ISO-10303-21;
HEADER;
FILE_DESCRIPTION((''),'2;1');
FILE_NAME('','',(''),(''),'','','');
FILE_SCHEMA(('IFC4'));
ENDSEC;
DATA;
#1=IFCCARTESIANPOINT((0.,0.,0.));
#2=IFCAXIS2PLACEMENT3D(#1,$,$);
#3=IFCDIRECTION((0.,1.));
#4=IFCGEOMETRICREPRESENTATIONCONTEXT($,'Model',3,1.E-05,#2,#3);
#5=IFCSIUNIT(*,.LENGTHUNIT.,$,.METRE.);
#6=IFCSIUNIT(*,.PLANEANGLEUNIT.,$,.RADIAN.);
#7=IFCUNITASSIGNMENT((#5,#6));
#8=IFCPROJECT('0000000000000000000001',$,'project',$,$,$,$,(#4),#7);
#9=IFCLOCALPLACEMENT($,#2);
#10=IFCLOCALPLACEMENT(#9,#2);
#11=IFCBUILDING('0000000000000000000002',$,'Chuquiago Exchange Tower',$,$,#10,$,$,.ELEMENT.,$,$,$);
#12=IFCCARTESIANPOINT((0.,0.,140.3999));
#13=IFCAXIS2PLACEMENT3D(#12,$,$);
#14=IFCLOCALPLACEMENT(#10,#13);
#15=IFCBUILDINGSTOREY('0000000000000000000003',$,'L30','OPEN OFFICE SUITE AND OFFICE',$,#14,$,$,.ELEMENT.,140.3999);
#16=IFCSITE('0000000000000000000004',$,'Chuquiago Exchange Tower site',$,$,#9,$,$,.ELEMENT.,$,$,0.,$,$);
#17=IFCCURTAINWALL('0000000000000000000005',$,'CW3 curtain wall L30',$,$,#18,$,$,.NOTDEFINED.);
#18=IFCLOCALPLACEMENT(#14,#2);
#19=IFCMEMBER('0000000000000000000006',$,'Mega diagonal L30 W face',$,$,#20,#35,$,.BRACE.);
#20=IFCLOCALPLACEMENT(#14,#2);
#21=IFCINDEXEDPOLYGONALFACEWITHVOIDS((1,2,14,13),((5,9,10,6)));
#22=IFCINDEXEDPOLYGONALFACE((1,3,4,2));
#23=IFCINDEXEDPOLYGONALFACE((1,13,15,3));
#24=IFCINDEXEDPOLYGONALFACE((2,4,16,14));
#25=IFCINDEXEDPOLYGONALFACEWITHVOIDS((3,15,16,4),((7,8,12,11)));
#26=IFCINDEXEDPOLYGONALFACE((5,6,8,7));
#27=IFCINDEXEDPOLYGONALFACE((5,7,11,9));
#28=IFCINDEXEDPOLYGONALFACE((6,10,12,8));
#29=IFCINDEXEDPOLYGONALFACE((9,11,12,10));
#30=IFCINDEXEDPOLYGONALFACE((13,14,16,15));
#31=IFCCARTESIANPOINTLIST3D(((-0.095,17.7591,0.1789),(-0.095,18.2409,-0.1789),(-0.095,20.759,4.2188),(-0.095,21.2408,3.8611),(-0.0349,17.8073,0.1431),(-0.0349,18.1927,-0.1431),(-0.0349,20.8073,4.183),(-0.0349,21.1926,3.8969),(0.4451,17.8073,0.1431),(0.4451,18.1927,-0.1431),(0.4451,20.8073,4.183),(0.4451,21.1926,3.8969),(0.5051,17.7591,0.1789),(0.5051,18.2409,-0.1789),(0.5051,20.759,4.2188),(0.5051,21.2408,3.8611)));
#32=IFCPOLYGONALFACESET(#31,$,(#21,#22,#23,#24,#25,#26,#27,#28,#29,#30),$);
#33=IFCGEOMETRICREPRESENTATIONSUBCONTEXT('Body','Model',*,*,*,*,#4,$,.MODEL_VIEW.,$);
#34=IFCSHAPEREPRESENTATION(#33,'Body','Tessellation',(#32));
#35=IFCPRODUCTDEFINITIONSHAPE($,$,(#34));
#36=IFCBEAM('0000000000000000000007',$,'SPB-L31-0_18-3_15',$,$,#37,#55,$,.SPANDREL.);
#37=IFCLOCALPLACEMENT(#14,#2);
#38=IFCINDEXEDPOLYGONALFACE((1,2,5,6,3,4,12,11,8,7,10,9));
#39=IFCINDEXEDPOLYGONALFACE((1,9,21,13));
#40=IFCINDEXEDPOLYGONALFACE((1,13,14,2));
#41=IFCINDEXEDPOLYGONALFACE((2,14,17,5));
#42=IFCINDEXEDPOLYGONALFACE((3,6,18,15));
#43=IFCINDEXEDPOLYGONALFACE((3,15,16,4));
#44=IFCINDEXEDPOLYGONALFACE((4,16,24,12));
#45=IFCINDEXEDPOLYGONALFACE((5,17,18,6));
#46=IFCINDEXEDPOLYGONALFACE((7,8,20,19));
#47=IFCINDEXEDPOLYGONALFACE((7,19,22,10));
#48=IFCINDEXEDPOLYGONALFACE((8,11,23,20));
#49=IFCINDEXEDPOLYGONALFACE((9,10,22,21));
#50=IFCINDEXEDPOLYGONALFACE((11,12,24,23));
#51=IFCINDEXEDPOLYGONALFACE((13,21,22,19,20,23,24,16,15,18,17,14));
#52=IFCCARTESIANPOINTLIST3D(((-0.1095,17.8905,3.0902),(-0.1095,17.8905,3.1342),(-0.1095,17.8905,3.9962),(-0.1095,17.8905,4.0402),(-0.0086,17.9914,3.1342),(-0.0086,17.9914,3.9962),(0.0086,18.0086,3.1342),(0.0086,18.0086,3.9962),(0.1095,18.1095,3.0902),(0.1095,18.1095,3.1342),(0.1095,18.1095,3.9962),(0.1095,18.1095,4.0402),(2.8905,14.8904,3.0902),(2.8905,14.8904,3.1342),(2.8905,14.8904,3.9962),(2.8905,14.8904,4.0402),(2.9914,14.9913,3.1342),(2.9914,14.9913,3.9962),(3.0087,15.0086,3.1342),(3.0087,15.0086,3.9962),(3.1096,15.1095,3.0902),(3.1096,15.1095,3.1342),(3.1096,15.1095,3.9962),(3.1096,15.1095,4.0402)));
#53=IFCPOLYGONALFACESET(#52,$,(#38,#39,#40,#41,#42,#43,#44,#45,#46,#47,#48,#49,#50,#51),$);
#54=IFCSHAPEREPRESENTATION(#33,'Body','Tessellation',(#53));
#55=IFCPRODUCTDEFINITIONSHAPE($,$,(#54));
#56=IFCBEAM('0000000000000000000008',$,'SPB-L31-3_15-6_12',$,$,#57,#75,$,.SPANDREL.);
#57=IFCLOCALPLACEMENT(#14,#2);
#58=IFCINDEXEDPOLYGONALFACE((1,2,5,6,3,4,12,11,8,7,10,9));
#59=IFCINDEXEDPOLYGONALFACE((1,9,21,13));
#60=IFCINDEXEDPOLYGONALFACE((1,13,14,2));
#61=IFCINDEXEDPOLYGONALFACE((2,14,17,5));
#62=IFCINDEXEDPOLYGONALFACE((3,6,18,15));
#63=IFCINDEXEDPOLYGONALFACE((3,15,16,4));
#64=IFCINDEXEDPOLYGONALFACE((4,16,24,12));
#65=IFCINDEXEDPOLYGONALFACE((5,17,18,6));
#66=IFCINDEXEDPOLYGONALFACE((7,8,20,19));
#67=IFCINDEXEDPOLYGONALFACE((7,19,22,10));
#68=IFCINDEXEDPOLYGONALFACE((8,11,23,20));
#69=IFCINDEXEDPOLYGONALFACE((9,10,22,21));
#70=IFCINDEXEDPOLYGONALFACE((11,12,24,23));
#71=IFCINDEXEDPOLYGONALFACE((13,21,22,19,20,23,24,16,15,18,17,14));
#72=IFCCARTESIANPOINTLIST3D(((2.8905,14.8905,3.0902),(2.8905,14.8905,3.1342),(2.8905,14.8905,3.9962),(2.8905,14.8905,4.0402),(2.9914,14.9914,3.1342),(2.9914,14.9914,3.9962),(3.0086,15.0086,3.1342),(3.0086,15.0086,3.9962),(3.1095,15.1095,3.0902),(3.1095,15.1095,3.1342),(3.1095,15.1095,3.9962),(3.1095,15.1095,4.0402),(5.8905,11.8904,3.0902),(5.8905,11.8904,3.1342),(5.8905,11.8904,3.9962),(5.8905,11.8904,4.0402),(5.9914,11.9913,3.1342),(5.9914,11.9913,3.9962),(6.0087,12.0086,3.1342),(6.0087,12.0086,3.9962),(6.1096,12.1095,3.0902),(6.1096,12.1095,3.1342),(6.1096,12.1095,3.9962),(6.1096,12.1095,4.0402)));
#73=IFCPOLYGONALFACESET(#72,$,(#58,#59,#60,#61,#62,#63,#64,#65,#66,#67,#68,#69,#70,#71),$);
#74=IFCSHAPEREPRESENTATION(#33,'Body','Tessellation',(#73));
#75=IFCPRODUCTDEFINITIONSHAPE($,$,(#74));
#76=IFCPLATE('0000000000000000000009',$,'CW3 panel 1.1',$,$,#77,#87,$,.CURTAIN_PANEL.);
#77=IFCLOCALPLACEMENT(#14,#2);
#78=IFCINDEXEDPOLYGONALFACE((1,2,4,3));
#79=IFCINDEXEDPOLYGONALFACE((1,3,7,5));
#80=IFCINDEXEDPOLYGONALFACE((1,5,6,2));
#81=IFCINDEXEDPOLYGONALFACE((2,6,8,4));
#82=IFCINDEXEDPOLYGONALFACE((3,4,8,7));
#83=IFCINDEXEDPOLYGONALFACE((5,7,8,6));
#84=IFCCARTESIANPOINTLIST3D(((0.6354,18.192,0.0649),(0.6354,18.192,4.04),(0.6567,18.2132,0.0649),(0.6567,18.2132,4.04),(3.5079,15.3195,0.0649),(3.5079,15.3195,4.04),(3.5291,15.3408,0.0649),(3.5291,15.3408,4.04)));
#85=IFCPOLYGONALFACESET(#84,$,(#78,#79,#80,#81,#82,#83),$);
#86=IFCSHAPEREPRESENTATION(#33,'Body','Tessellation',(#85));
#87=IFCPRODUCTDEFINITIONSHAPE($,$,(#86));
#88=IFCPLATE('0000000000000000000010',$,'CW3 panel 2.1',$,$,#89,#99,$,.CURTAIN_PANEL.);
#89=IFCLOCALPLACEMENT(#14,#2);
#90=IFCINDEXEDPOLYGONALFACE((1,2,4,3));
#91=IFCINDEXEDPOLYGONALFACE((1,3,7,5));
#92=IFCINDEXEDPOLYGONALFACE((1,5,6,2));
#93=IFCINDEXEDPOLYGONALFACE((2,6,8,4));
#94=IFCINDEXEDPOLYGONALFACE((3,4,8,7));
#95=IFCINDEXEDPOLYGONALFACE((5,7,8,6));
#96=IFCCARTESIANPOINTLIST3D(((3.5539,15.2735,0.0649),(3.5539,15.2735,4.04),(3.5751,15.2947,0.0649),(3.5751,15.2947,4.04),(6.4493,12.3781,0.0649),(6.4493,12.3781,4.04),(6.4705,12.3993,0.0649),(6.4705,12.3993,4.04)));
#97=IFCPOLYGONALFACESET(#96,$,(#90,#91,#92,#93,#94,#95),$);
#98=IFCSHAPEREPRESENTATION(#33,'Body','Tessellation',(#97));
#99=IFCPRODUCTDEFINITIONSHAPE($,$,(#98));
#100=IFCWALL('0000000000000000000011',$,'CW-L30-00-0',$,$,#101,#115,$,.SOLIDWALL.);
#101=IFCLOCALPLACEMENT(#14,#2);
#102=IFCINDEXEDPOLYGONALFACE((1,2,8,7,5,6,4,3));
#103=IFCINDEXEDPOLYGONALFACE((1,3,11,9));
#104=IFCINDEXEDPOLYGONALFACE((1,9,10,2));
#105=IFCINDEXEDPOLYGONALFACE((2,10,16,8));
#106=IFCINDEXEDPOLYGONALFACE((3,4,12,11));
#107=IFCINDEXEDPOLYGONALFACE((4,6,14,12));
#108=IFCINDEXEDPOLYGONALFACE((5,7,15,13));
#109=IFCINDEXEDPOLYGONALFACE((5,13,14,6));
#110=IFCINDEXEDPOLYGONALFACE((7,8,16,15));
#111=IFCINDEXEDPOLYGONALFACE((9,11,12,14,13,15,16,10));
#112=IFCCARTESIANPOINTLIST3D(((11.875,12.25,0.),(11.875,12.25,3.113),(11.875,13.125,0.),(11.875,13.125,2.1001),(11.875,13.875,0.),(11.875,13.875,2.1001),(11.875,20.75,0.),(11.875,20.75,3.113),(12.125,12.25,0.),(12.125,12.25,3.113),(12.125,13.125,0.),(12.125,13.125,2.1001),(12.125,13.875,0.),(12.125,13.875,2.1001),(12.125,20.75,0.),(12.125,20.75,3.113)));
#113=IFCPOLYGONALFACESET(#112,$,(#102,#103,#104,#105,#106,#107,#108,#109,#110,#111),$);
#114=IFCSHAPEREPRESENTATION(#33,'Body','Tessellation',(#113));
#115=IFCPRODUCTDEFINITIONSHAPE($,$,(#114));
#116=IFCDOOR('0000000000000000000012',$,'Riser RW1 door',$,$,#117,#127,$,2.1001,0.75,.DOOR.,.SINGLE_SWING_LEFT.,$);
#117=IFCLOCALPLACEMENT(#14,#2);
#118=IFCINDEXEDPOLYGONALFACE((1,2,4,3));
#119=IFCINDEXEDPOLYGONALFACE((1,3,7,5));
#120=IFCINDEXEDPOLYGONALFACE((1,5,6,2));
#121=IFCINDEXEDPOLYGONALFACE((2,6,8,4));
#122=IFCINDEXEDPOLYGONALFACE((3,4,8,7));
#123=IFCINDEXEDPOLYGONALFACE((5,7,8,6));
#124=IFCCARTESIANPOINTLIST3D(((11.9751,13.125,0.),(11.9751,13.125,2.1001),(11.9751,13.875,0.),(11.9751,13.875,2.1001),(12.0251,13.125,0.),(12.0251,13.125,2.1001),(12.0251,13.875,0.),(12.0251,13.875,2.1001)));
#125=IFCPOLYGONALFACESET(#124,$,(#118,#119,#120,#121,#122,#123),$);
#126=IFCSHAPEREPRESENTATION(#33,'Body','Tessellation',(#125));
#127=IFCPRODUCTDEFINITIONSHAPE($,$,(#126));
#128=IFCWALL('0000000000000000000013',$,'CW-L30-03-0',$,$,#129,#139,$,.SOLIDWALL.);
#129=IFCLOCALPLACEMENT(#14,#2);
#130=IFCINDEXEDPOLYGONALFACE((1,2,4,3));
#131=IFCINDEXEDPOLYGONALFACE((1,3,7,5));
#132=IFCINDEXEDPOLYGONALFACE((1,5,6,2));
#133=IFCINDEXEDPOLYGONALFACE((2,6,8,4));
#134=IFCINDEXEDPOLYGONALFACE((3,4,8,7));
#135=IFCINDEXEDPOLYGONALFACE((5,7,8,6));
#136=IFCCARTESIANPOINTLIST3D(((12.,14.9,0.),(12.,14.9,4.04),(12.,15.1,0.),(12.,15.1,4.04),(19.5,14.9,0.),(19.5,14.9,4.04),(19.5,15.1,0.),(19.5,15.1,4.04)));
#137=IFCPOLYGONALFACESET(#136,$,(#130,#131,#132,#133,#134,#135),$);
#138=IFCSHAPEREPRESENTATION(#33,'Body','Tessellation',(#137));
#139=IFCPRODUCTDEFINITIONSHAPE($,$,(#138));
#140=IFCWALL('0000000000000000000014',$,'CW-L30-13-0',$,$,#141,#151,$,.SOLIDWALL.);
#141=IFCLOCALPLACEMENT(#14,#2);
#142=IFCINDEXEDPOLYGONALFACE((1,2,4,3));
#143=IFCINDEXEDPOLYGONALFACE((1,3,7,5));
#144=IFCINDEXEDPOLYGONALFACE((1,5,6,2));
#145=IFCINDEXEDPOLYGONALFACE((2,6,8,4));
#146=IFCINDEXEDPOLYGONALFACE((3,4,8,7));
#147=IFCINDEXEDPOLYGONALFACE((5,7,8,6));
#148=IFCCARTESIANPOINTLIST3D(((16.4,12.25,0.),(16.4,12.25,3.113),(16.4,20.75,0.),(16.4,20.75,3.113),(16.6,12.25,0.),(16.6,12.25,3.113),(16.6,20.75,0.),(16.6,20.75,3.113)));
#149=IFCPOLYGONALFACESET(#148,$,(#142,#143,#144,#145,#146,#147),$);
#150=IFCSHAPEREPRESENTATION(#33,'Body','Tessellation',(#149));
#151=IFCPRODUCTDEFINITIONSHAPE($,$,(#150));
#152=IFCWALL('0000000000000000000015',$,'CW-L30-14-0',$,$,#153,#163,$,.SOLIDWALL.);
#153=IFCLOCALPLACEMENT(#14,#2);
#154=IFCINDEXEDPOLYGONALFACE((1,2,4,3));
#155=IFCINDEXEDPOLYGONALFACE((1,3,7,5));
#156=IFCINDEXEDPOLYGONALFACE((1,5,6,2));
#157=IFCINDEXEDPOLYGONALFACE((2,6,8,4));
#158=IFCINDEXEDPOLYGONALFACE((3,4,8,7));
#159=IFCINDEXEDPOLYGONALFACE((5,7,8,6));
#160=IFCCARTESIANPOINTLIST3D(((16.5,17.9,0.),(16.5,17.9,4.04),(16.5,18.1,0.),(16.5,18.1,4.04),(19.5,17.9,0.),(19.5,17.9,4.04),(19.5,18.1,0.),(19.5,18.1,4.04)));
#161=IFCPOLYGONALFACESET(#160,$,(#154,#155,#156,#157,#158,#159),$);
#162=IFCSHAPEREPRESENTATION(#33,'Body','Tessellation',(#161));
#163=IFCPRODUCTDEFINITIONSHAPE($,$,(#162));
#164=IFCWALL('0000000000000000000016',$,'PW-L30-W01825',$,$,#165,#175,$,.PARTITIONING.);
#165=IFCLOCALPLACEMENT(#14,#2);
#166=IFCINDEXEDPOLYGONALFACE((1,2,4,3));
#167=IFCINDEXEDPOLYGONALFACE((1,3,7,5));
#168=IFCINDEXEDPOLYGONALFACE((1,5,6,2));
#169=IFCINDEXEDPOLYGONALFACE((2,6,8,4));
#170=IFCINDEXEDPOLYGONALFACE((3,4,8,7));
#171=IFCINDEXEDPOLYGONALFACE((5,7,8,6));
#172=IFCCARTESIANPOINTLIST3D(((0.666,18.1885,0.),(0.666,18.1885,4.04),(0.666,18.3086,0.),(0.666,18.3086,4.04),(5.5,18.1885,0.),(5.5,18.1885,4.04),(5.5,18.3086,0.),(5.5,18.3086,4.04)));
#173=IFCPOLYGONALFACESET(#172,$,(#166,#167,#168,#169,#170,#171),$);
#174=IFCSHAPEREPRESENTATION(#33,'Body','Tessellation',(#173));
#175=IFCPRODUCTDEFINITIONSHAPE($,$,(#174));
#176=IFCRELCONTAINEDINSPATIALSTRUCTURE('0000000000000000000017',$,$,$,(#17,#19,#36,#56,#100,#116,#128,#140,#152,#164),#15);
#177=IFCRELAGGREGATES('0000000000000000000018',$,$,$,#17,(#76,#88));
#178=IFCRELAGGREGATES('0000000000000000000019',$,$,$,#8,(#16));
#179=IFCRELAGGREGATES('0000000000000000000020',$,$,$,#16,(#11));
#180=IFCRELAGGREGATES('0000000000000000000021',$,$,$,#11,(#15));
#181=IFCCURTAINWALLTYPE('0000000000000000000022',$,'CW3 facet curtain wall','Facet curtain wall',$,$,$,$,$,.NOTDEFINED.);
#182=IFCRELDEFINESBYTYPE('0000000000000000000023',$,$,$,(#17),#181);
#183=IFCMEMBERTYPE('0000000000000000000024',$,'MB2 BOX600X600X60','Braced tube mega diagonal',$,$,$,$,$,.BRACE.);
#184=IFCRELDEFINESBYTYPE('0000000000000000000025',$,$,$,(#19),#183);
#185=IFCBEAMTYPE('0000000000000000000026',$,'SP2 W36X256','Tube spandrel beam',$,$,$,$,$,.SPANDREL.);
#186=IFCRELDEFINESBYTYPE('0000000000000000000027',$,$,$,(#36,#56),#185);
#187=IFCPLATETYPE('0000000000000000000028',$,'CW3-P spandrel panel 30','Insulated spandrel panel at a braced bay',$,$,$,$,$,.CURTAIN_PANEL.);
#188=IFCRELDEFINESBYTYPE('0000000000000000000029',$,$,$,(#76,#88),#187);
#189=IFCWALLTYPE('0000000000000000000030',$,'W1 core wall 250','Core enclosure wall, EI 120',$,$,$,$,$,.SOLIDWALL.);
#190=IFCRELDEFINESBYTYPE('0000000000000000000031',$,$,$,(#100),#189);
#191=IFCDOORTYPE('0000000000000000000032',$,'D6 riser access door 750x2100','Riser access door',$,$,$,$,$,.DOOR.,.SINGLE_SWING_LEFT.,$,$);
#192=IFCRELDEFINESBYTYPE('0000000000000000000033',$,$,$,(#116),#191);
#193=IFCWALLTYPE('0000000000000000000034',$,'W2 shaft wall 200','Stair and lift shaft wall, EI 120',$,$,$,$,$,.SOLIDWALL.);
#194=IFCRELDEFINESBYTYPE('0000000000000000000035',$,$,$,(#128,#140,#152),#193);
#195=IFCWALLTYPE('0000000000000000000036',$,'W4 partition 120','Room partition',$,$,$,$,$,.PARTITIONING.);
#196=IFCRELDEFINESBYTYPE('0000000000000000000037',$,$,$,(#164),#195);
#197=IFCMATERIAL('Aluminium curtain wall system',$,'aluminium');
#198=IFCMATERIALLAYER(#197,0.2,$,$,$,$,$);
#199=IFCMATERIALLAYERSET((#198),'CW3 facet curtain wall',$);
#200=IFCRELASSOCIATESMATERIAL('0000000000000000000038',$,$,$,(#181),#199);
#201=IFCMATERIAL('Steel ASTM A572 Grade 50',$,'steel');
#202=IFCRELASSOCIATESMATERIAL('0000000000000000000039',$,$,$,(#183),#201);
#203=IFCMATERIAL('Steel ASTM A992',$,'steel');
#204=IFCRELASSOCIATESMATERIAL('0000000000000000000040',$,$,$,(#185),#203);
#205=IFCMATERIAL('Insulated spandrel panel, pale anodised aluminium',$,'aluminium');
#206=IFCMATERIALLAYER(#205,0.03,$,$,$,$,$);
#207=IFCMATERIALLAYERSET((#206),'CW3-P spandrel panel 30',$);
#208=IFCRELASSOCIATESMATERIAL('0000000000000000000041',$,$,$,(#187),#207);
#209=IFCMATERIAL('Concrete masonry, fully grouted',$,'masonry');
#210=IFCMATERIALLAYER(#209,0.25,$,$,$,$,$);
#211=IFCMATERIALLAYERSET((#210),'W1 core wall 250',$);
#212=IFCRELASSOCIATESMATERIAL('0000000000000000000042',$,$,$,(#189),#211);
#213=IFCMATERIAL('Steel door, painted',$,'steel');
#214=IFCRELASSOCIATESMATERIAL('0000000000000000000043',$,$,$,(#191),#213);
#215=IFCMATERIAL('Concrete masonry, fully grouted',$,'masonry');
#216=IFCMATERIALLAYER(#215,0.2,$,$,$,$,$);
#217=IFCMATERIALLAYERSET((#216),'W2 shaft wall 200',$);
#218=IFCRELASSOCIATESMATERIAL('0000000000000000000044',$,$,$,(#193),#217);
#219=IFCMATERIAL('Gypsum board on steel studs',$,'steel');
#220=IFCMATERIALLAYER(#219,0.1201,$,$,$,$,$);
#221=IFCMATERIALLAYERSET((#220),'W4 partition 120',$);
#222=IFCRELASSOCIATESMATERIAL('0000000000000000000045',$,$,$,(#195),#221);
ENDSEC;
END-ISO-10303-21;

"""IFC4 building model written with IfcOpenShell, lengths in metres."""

from ifc_helpers import new_model, si_unit, direction, frame, frame_2d, origin, origin_2d, place, context, subcontext, project, spatial, rectangle, hollow_rectangle, i_section, extrude, material, layer, layer_set, material_profile, profile_set, type_object, element, fill, aggregate, save


model = new_model("IFC4")

# Units and contexts
model_context = context("Model", 3, precision=1e-05, world=origin(), true_north=direction((0.0, 1.0)))
body_context = subcontext(model_context, "Body", "Model", "MODEL_VIEW")
ifc_project = project(units=[si_unit("LENGTHUNIT", "METRE"), si_unit("PLANEANGLEUNIT", "RADIAN")], contexts=[model_context])

# Site, building, storey
site_placement = place(None, origin())
site = spatial("IfcSite", under=ifc_project, at=site_placement, Name="Chuquiago Exchange Tower site", CompositionType="ELEMENT", RefElevation=0.0)
building_placement = place(site_placement, origin())
building = spatial("IfcBuilding", under=site, at=building_placement, Name="Chuquiago Exchange Tower", CompositionType="ELEMENT")
storey_placement = place(building_placement, frame((0.0, 0.0, 140.3999)))
storey = spatial("IfcBuildingStorey", under=building, at=storey_placement, Name="L30", Description="OPEN OFFICE SUITE AND OFFICE", CompositionType="ELEMENT", Elevation=140.3999)

# Curtain wall
ifc_material_1 = material(Name="Aluminium curtain wall system", Category="aluminium")
ifc_layer_1 = layer(ifc_material_1, 0.2)
ifc_layer_set_1 = layer_set([ifc_layer_1], Name="CW3 facet curtain wall")
curtain_wall_type_1 = type_object("IfcCurtainWallType", Name="CW3 facet curtain wall", Description="Facet curtain wall", PredefinedType="NOTDEFINED", material=ifc_layer_set_1)
curtain_wall_1_placement = place(storey_placement, origin())
curtain_wall_1 = element("IfcCurtainWall", 1, at=curtain_wall_1_placement, inside=storey, type_object=curtain_wall_type_1, Name="CW3 curtain wall L30", PredefinedType="NOTDEFINED")

# Member
ifc_material_2 = material(Name="Steel ASTM A572 Grade 50", Category="steel")
ifc_material_profile_1 = material_profile(ifc_material_2, hollow_rectangle(XDim=0.6001, YDim=0.6001, WallThickness=0.0601, at=origin_2d()), Name="BOX600X600X60")
ifc_profile_set_1 = profile_set([ifc_material_profile_1], Name="Steel ASTM A572 Grade 50")
member_type_1 = type_object("IfcMemberType", Name="MB2 BOX600X600X60", Description="Braced tube mega diagonal", PredefinedType="BRACE", material=ifc_profile_set_1)
member_1_placement = place(storey_placement, frame((0.2051, 18.0, 0.0), z_axis=(0.0, 0.596174, 0.802855), x_axis=(-1.0, 0.0, 0.0)))
element("IfcMember", 2, at=member_1_placement, inside=storey, type_object=member_type_1, Name="Mega diagonal L30 W face", PredefinedType="BRACE", context=body_context, shape_type="SweptSolid", body=[
    extrude(hollow_rectangle(XDim=0.6001, YDim=0.6001, WallThickness=0.0601, at=origin_2d()), origin(), (0.0, 0.0, 1.0), 5.032),
])

# Beams
ifc_material_3 = material(Name="Steel ASTM A992", Category="steel")
ifc_material_profile_2 = material_profile(ifc_material_3, i_section(OverallWidth=0.3098, OverallDepth=0.95, WebThickness=0.0244, FlangeThickness=0.0439, at=origin_2d()), Name="W36X256")
ifc_profile_set_2 = profile_set([ifc_material_profile_2], Name="Steel ASTM A992")
beam_type_1 = type_object("IfcBeamType", Name="SP2 W36X256", Description="Tube spandrel beam", PredefinedType="SPANDREL", material=ifc_profile_set_2)
for number, where, z_axis, x_axis, name in (
    (3, (0.0, 18.0, 3.5652), (0.707107, -0.707107, 0.0), (0.707107, 0.707107, 0.0), "SPB-L31-0_18-3_15"),
    (4, (3.0, 15.0, 3.5652), (0.707107, -0.707107, 0.0), (0.707107, 0.707107, 0.0), "SPB-L31-3_15-6_12"),
):
    element("IfcBeam", number, at=place(storey_placement, frame(where, z_axis=z_axis, x_axis=x_axis)), inside=storey, type_object=beam_type_1, Name=name, PredefinedType="SPANDREL", context=body_context, shape_type="SweptSolid", body=[
        extrude(i_section(OverallWidth=0.3098, OverallDepth=0.95, WebThickness=0.0244, FlangeThickness=0.0439, at=origin_2d()), origin(), (0.0, 0.0, 1.0), 4.2427),
    ])

# Plates
ifc_material_4 = material(Name="Insulated spandrel panel, pale anodised aluminium", Category="aluminium")
ifc_layer_2 = layer(ifc_material_4, 0.03)
ifc_layer_set_2 = layer_set([ifc_layer_2], Name="CW3-P spandrel panel 30")
plate_type = type_object("IfcPlateType", Name="CW3-P spandrel panel 30", Description="Insulated spandrel panel at a braced bay", PredefinedType="CURTAIN_PANEL", material=ifc_layer_set_2)
plate_1_placement = place(storey_placement, frame((2.0823, 16.7664, 0.0649), z_axis=(0.0, 0.0, 1.0), x_axis=(0.707107, -0.707107, 0.0)))
plate_1 = element("IfcPlate", 5, at=plate_1_placement, type_object=plate_type, Name="CW3 panel 1.1", PredefinedType="CURTAIN_PANEL", context=body_context, shape_type="SweptSolid", body=[
    extrude(rectangle(XDim=4.0623, YDim=0.03, at=origin_2d()), origin(), (0.0, 0.0, 1.0), 3.9751),
])
plate_2_placement = place(storey_placement, frame((5.0122, 13.8364, 0.0649), z_axis=(0.0, 0.0, 1.0), x_axis=(0.707107, -0.707107, 0.0)))
plate_2 = element("IfcPlate", 6, at=plate_2_placement, type_object=plate_type, Name="CW3 panel 2.1", PredefinedType="CURTAIN_PANEL", context=body_context, shape_type="SweptSolid", body=[
    extrude(rectangle(XDim=4.0947, YDim=0.03, at=origin_2d()), origin(), (0.0, 0.0, 1.0), 3.9751),
])
aggregate(curtain_wall_1, [plate_1, plate_2])

# Wall, opening, door
ifc_material_5 = material(Name="Concrete masonry, fully grouted", Category="masonry")
ifc_layer_3 = layer(ifc_material_5, 0.25)
ifc_layer_set_3 = layer_set([ifc_layer_3], Name="W1 core wall 250")
wall_type_1 = type_object("IfcWallType", Name="W1 core wall 250", Description="Core enclosure wall, EI 120", PredefinedType="SOLIDWALL", material=ifc_layer_set_3)
wall_1_placement = place(storey_placement, frame((12.0, 12.25, 0.0), z_axis=(0.0, 0.0, 1.0), x_axis=(0.0, 1.0, 0.0)))
wall_1 = element("IfcWall", 7, at=wall_1_placement, inside=storey, type_object=wall_type_1, Name="CW-L30-00-0", PredefinedType="SOLIDWALL", context=body_context, shape_type="SweptSolid", body=[
    extrude(rectangle(XDim=8.5, YDim=0.25, at=frame_2d((4.25, 0.0))), origin(), (0.0, 0.0, 1.0), 3.113),
])
opening_1_placement = place(wall_1_placement, frame((0.875, 0.0, 0.0)))
opening_1 = element("IfcOpeningElement", 8, at=opening_1_placement, cuts=wall_1, PredefinedType="OPENING", context=body_context, shape_type="SweptSolid", body=[
    extrude(rectangle(XDim=0.75, YDim=2.1001, at=frame_2d((0.375, 1.05))), frame((0.0, 0.135, 0.0), z_axis=(0.0, -1.0, 0.0), x_axis=(1.0, 0.0, 0.0)), (0.0, 0.0, 1.0), 0.27),
])
ifc_material_6 = material(Name="Steel door, painted", Category="steel")
door_type_1 = type_object("IfcDoorType", Name="D6 riser access door 750x2100", Description="Riser access door", OperationType="SINGLE_SWING_LEFT", PredefinedType="DOOR", material=ifc_material_6)
door_1_placement = place(opening_1_placement, origin())
door_1 = element("IfcDoor", 9, at=door_1_placement, inside=storey, type_object=door_type_1, Name="Riser RW1 door", OperationType="SINGLE_SWING_LEFT", OverallHeight=2.1001, OverallWidth=0.75, PredefinedType="DOOR", context=body_context, shape_type="SweptSolid", body=[
    extrude(rectangle(XDim=0.75, YDim=2.1001, at=frame_2d((0.375, 1.05))), frame((0.0, 0.0249, 0.0), z_axis=(0.0, -1.0, 0.0), x_axis=(1.0, 0.0, 0.0)), (0.0, 0.0, 1.0), 0.05),
])
fill(opening_1, door_1)

# Walls
ifc_material_7 = material(Name="Concrete masonry, fully grouted", Category="masonry")
ifc_layer_4 = layer(ifc_material_7, 0.2)
ifc_layer_set_4 = layer_set([ifc_layer_4], Name="W2 shaft wall 200")
wall_type_2 = type_object("IfcWallType", Name="W2 shaft wall 200", Description="Stair and lift shaft wall, EI 120", PredefinedType="SOLIDWALL", material=ifc_layer_set_4)
wall_2_placement = place(storey_placement, frame((12.0, 15.0, 0.0), z_axis=(0.0, 0.0, 1.0), x_axis=(1.0, 0.0, 0.0)))
element("IfcWall", 10, at=wall_2_placement, inside=storey, type_object=wall_type_2, Name="CW-L30-03-0", PredefinedType="SOLIDWALL", context=body_context, shape_type="SweptSolid", body=[
    extrude(rectangle(XDim=7.5, YDim=0.2, at=frame_2d((3.75, 0.0))), origin(), (0.0, 0.0, 1.0), 4.04),
])
wall_3_placement = place(storey_placement, frame((16.5, 12.25, 0.0), z_axis=(0.0, 0.0, 1.0), x_axis=(0.0, 1.0, 0.0)))
element("IfcWall", 11, at=wall_3_placement, inside=storey, type_object=wall_type_2, Name="CW-L30-13-0", PredefinedType="SOLIDWALL", context=body_context, shape_type="SweptSolid", body=[
    extrude(rectangle(XDim=8.5, YDim=0.2, at=frame_2d((4.25, 0.0))), origin(), (0.0, 0.0, 1.0), 3.113),
])
wall_4_placement = place(storey_placement, frame((16.5, 18.0, 0.0), z_axis=(0.0, 0.0, 1.0), x_axis=(1.0, 0.0, 0.0)))
element("IfcWall", 12, at=wall_4_placement, inside=storey, type_object=wall_type_2, Name="CW-L30-14-0", PredefinedType="SOLIDWALL", context=body_context, shape_type="SweptSolid", body=[
    extrude(rectangle(XDim=3.0, YDim=0.2, at=frame_2d((1.5, 0.0))), origin(), (0.0, 0.0, 1.0), 4.04),
])
ifc_material_8 = material(Name="Gypsum board on steel studs", Category="steel")
ifc_layer_5 = layer(ifc_material_8, 0.1201)
ifc_layer_set_5 = layer_set([ifc_layer_5], Name="W4 partition 120")
wall_type_3 = type_object("IfcWallType", Name="W4 partition 120", Description="Room partition", PredefinedType="PARTITIONING", material=ifc_layer_set_5)
wall_5_placement = place(storey_placement, frame((0.666, 18.2485, 0.0), z_axis=(0.0, 0.0, 1.0), x_axis=(1.0, 0.0, 0.0)))
element("IfcWall", 13, at=wall_5_placement, inside=storey, type_object=wall_type_3, Name="PW-L30-W01825", PredefinedType="PARTITIONING", context=body_context, shape_type="SweptSolid", body=[
    extrude(rectangle(XDim=4.834, YDim=0.1201, at=frame_2d((2.417, 0.0))), origin(), (0.0, 0.0, 1.0), 4.04),
])

save(model, "model.ifc")
